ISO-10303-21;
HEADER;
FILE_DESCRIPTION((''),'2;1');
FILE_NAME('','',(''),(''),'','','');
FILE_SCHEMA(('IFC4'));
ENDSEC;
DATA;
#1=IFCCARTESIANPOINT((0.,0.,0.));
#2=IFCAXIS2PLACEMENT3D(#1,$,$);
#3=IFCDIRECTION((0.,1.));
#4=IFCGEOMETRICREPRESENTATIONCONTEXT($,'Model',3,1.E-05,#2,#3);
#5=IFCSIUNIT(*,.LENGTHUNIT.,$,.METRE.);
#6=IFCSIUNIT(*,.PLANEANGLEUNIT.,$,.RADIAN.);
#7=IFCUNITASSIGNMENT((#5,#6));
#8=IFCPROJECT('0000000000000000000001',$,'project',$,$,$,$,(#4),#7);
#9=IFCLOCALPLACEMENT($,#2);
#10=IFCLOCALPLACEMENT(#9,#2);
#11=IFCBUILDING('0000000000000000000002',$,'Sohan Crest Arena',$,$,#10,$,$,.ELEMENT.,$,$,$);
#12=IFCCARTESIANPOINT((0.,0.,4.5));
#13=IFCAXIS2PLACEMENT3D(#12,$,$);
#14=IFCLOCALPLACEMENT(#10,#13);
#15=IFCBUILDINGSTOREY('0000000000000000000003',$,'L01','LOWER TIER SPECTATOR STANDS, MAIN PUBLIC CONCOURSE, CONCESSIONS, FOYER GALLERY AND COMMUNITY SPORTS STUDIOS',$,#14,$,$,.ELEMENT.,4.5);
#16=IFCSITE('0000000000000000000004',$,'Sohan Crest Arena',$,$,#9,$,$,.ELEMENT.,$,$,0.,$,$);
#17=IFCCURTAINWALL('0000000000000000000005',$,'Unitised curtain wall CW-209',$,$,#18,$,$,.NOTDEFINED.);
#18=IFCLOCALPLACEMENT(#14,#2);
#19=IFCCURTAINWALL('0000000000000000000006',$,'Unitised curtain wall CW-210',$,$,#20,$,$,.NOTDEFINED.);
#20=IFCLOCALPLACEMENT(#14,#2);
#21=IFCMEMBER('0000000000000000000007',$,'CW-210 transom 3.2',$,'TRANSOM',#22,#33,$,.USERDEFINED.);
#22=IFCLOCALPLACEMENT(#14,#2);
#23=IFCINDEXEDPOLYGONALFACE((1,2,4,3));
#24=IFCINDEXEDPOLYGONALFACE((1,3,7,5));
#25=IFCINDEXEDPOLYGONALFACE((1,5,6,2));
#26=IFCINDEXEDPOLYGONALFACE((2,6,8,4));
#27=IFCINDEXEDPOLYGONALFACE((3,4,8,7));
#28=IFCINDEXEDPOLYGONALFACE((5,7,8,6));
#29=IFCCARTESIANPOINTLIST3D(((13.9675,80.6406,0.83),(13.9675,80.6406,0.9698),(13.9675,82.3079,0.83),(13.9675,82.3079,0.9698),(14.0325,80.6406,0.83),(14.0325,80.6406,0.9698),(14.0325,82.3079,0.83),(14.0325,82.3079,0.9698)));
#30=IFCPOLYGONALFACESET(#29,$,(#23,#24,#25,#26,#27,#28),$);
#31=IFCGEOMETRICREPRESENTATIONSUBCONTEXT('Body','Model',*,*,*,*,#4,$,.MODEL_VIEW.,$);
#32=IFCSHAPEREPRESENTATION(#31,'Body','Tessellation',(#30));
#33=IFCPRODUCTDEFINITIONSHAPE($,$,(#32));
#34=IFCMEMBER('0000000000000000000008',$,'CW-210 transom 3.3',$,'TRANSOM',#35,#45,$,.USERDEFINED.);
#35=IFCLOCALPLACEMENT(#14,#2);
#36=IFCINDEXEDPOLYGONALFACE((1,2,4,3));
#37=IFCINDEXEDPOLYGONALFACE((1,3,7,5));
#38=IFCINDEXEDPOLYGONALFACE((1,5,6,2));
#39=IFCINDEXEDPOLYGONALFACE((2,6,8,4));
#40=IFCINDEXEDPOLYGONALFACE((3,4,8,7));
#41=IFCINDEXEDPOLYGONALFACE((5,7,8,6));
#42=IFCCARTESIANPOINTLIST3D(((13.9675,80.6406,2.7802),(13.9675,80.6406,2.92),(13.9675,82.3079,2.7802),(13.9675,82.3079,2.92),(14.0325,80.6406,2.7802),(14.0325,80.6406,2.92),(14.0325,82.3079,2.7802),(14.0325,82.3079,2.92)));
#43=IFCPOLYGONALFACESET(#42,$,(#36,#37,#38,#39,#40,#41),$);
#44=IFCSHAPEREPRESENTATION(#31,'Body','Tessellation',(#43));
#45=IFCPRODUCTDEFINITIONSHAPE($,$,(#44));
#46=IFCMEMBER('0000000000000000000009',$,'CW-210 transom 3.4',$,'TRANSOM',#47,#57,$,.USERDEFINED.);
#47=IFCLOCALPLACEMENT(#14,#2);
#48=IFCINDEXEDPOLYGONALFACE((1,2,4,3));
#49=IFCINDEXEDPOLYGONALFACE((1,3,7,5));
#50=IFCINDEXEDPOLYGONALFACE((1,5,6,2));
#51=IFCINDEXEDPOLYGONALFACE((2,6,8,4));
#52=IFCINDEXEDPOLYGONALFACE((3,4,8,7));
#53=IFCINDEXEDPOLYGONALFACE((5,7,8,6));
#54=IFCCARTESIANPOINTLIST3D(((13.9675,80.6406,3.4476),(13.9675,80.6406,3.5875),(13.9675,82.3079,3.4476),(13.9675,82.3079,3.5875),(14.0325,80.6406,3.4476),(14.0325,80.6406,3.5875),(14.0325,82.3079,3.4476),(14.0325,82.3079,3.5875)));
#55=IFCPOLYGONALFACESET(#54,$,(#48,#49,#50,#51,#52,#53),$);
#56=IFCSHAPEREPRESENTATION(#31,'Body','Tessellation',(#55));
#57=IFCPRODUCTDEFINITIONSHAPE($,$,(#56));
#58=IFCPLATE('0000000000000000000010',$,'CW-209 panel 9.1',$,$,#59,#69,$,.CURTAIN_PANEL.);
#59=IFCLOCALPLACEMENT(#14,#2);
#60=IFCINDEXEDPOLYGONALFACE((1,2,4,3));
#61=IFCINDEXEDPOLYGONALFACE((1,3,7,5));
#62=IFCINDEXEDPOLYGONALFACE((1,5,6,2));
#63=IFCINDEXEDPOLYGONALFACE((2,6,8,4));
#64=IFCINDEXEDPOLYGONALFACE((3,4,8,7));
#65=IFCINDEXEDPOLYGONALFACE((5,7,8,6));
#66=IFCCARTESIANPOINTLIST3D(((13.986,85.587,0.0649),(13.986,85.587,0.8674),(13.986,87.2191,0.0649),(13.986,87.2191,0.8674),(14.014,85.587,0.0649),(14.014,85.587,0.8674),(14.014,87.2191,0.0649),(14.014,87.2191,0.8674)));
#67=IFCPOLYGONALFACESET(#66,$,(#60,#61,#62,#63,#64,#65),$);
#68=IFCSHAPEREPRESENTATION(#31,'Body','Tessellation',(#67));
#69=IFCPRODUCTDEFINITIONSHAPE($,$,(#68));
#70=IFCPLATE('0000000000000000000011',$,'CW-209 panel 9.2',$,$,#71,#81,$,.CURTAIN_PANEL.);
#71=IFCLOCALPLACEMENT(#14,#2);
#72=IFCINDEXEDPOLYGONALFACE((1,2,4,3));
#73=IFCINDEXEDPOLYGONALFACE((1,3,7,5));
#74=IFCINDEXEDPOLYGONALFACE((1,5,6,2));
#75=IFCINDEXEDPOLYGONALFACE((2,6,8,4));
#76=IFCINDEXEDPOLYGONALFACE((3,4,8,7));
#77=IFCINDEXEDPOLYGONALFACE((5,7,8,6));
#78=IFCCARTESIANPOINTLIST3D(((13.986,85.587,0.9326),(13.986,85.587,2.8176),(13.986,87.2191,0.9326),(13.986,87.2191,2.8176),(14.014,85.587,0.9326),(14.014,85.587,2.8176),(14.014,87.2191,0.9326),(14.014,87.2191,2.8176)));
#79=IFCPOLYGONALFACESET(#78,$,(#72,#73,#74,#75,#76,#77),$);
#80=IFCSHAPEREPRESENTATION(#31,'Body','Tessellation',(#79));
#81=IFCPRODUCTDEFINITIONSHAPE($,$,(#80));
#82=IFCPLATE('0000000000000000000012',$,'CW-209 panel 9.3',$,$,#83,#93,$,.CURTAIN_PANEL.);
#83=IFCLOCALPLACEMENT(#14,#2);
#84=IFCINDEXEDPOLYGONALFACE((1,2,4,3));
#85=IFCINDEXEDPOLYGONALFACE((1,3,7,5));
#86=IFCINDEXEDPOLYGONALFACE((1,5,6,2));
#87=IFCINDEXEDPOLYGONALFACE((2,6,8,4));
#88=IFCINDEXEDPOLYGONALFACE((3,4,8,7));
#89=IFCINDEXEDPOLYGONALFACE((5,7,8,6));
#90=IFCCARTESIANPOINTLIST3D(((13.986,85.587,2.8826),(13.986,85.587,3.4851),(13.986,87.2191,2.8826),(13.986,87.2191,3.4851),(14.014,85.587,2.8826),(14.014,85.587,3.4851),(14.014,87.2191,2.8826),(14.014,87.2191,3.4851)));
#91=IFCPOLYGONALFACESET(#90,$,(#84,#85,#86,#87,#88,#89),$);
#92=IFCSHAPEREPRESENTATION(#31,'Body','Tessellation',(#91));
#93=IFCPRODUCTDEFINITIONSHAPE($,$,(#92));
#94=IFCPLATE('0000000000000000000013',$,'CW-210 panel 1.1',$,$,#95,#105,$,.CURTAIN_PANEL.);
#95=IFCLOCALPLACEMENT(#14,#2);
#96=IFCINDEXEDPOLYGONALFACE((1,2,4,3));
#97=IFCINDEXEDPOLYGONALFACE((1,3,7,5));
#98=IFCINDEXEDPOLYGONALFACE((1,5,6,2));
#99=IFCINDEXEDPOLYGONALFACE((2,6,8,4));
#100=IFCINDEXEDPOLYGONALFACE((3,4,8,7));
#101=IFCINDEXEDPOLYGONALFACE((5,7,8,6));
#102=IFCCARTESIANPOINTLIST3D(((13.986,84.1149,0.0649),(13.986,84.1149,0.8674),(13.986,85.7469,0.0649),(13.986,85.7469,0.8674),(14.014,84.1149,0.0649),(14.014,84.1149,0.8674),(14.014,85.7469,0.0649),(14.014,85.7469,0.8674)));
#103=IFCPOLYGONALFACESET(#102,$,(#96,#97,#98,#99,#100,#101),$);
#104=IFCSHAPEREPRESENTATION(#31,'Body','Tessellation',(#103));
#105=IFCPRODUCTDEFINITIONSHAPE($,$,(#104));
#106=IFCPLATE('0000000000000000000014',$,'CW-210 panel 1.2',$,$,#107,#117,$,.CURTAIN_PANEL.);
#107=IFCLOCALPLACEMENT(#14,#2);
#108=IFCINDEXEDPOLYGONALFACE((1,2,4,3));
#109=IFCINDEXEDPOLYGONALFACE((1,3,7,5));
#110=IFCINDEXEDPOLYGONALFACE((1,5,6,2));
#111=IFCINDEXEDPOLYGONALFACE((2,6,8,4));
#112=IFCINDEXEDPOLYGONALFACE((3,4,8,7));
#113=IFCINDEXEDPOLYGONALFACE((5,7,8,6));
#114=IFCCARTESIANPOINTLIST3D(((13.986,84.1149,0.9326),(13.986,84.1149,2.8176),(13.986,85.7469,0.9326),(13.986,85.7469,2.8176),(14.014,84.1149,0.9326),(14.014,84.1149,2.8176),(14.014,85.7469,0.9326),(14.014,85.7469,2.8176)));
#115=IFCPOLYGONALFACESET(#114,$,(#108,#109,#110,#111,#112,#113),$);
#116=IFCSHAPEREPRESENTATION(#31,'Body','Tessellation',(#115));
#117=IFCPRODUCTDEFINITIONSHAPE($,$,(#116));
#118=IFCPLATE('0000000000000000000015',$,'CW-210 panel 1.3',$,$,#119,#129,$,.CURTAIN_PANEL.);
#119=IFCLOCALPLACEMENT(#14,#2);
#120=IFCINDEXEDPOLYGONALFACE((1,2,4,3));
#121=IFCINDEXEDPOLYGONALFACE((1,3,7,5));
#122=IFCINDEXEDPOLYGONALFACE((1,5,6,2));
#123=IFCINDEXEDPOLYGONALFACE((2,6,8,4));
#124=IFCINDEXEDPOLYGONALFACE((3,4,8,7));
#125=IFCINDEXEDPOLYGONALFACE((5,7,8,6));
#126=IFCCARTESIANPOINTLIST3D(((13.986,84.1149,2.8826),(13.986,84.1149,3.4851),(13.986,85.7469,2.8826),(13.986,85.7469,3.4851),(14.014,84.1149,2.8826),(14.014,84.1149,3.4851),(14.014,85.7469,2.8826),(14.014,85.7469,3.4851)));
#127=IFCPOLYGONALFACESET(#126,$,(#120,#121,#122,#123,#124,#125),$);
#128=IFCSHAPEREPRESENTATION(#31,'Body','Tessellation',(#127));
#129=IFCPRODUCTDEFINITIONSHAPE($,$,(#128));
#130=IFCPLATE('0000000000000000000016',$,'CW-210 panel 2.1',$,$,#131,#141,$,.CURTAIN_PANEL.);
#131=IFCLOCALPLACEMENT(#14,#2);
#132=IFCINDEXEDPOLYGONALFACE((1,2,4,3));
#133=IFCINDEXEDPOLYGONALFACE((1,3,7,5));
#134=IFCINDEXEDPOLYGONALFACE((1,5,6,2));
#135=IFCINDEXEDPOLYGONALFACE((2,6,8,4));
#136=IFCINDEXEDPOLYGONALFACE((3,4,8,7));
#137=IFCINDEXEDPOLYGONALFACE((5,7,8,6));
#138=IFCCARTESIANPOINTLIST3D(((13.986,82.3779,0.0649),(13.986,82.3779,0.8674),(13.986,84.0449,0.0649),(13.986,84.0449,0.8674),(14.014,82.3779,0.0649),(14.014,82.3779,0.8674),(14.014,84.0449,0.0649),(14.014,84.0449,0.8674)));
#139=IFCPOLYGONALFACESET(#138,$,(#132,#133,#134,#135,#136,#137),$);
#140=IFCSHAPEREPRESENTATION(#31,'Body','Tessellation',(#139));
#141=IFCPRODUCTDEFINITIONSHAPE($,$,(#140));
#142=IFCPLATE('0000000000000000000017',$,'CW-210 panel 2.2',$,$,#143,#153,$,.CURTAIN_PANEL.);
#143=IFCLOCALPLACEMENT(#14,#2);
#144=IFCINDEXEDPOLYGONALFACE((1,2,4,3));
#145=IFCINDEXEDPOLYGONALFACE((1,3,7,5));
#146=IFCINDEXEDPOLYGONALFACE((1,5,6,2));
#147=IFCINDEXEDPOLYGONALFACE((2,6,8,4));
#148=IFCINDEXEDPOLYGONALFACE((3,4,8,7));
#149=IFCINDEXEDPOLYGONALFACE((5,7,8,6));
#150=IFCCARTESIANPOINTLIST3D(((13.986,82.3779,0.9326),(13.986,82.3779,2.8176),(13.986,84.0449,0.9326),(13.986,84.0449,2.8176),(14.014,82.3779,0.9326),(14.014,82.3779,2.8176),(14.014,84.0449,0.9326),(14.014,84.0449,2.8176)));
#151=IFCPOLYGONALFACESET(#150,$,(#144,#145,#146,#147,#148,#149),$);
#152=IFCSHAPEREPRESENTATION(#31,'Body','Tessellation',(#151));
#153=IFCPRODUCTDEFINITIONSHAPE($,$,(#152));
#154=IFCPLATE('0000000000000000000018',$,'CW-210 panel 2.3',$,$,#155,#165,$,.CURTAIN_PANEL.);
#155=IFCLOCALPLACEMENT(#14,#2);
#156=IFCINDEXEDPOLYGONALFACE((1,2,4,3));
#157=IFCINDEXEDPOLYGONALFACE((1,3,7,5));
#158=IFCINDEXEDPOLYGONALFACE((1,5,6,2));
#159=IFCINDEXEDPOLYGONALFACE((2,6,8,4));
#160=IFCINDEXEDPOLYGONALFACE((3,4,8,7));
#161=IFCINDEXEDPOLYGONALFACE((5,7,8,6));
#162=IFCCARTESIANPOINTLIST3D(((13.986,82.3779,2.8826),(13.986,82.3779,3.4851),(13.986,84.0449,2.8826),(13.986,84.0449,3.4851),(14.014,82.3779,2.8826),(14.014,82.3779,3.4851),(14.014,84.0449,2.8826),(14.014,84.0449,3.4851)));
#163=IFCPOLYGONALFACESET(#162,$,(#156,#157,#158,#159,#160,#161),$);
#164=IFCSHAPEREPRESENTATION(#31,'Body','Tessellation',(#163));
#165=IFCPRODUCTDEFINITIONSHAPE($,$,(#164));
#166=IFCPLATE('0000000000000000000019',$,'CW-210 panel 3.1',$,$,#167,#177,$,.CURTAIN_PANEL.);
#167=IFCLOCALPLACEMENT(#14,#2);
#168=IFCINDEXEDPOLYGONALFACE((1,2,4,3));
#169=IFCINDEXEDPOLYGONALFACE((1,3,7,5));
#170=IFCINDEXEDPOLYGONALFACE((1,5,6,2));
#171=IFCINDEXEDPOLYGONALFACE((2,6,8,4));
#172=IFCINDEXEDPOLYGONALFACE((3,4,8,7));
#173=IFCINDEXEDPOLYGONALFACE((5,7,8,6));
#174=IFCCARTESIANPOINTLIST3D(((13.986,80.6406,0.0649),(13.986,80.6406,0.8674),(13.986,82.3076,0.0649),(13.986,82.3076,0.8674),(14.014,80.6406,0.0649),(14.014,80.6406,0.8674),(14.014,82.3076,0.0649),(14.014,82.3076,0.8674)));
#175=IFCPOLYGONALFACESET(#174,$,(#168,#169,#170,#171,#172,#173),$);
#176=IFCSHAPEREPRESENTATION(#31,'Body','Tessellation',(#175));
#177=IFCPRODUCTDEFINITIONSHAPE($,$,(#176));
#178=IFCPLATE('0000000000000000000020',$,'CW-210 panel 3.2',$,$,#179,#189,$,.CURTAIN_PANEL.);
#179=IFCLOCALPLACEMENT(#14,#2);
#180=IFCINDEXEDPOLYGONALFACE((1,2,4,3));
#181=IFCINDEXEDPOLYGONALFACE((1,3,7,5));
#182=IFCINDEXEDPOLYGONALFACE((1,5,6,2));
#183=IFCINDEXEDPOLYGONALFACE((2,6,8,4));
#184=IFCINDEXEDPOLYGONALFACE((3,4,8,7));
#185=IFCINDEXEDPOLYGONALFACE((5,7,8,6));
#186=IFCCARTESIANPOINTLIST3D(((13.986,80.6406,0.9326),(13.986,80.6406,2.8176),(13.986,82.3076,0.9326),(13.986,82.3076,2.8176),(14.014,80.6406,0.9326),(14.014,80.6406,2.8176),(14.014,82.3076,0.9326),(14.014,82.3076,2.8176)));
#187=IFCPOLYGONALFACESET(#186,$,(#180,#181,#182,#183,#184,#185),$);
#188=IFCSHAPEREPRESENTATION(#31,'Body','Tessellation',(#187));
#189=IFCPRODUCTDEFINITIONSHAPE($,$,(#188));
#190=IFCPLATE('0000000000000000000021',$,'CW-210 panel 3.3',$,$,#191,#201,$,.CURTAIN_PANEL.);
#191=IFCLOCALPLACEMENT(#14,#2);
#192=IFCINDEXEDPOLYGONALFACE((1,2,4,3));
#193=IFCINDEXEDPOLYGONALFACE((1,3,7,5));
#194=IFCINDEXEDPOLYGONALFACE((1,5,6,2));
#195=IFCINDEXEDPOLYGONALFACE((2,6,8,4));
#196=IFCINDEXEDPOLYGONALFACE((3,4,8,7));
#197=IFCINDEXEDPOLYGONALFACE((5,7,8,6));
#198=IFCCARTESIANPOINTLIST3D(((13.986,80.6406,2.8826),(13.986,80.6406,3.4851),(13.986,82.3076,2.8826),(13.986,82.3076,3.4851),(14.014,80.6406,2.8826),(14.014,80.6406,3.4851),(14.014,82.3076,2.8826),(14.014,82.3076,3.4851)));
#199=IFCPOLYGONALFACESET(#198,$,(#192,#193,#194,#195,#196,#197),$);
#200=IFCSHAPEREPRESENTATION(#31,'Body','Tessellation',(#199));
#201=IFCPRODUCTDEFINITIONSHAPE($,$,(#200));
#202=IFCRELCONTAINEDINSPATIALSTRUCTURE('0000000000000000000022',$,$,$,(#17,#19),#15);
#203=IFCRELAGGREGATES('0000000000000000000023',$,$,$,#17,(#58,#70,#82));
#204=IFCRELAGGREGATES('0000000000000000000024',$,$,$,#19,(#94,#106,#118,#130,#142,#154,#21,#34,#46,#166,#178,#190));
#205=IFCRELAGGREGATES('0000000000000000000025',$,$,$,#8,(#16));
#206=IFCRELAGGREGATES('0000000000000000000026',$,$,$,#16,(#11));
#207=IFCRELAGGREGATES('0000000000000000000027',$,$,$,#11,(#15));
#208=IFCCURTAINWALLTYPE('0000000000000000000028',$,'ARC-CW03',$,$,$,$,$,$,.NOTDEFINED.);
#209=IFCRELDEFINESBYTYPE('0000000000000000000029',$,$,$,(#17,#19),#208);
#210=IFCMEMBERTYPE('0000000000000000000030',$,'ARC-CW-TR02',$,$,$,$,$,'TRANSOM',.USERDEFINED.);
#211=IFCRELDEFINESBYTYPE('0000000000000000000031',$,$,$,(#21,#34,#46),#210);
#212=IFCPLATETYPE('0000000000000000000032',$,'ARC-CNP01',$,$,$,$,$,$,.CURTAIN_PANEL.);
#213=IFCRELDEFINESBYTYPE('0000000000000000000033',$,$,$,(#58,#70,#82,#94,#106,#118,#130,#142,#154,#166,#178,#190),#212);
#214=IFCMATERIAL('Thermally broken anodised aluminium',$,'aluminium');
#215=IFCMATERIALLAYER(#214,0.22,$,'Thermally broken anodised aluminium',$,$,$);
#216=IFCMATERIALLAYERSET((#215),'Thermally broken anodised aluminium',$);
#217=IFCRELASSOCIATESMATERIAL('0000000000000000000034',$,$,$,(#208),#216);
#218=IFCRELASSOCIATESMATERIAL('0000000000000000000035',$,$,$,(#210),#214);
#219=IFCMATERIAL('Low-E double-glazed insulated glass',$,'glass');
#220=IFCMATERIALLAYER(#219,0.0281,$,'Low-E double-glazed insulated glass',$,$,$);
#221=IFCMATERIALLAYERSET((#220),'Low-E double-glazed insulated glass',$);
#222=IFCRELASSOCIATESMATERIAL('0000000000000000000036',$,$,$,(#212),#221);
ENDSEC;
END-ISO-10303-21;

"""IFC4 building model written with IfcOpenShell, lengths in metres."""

from ifc_helpers import new_model, si_unit, direction, frame, origin, origin_2d, place, context, subcontext, project, spatial, rectangle, extrude, material, layer, layer_set, material_profile, profile_set, type_object, element, aggregate, save


model = new_model("IFC4")

# Units and contexts
model_context = context("Model", 3, precision=1e-05, world=origin(), true_north=direction((0.0, 1.0)))
body_context = subcontext(model_context, "Body", "Model", "MODEL_VIEW")
ifc_project = project(units=[si_unit("LENGTHUNIT", "METRE"), si_unit("PLANEANGLEUNIT", "RADIAN")], contexts=[model_context])

# Site, building, storey
site_placement = place(None, origin())
site = spatial("IfcSite", under=ifc_project, at=site_placement, Name="Sohan Crest Arena", CompositionType="ELEMENT", RefElevation=0.0)
building_placement = place(site_placement, origin())
building = spatial("IfcBuilding", under=site, at=building_placement, Name="Sohan Crest Arena", CompositionType="ELEMENT")
storey_placement = place(building_placement, frame((0.0, 0.0, 4.5)))
storey = spatial("IfcBuildingStorey", under=building, at=storey_placement, Name="L01", Description="LOWER TIER SPECTATOR STANDS, MAIN PUBLIC CONCOURSE, CONCESSIONS, FOYER GALLERY AND COMMUNITY SPORTS STUDIOS", CompositionType="ELEMENT", Elevation=4.5)

# Curtain wall
ifc_material_1 = material(Name="Thermally broken anodised aluminium", Category="aluminium")
ifc_layer_1 = layer(ifc_material_1, 0.22, Name="Thermally broken anodised aluminium")
ifc_layer_set_1 = layer_set([ifc_layer_1], Name="Thermally broken anodised aluminium")
curtain_wall_type = type_object("IfcCurtainWallType", Name="ARC-CW03", PredefinedType="NOTDEFINED", material=ifc_layer_set_1)
curtain_wall_1_placement = place(storey_placement, origin())
curtain_wall_1 = element("IfcCurtainWall", 1, at=curtain_wall_1_placement, inside=storey, type_object=curtain_wall_type, Name="Unitised curtain wall CW-209", PredefinedType="NOTDEFINED")

# Curtain wall
curtain_wall_2_placement = place(storey_placement, origin())
curtain_wall_2 = element("IfcCurtainWall", 2, at=curtain_wall_2_placement, inside=storey, type_object=curtain_wall_type, Name="Unitised curtain wall CW-210", PredefinedType="NOTDEFINED")

# Members
ifc_material_profile_1 = material_profile(ifc_material_1, rectangle(XDim=0.0649, YDim=0.1399, at=origin_2d()), Name="ALU-TRAN 65x140")
ifc_profile_set_1 = profile_set([ifc_material_profile_1], Name="Thermally broken anodised aluminium")
member_type_1 = type_object("IfcMemberType", Name="ARC-CW-TR02", ElementType="TRANSOM", PredefinedType="USERDEFINED", material=ifc_profile_set_1)
member_1_placement = place(storey_placement, frame((14.0, 82.3079, 0.8999), z_axis=(0.0, -1.0, 0.0), x_axis=(1.0, 0.0, 0.0)))
member_1 = element("IfcMember", 3, at=member_1_placement, type_object=member_type_1, Name="CW-210 transom 3.2", ObjectType="TRANSOM", PredefinedType="USERDEFINED", context=body_context, shape_type="SweptSolid", body=[
    extrude(rectangle(XDim=0.0649, YDim=0.1399, at=origin_2d()), origin(), (0.0, 0.0, 1.0), 1.6672),
])
member_2_placement = place(storey_placement, frame((14.0, 82.3079, 2.8501), z_axis=(0.0, -1.0, 0.0), x_axis=(1.0, 0.0, 0.0)))
member_2 = element("IfcMember", 4, at=member_2_placement, type_object=member_type_1, Name="CW-210 transom 3.3", ObjectType="TRANSOM", PredefinedType="USERDEFINED", context=body_context, shape_type="SweptSolid", body=[
    extrude(rectangle(XDim=0.0649, YDim=0.1399, at=origin_2d()), origin(), (0.0, 0.0, 1.0), 1.6672),
])
member_3_placement = place(storey_placement, frame((14.0, 82.3079, 3.5176), z_axis=(0.0, -1.0, 0.0), x_axis=(1.0, 0.0, 0.0)))
member_3 = element("IfcMember", 5, at=member_3_placement, type_object=member_type_1, Name="CW-210 transom 3.4", ObjectType="TRANSOM", PredefinedType="USERDEFINED", context=body_context, shape_type="SweptSolid", body=[
    extrude(rectangle(XDim=0.0649, YDim=0.1399, at=origin_2d()), origin(), (0.0, 0.0, 1.0), 1.6672),
])

# Plates
ifc_material_2 = material(Name="Low-E double-glazed insulated glass", Category="glass")
ifc_layer_2 = layer(ifc_material_2, 0.0281, Name="Low-E double-glazed insulated glass")
ifc_layer_set_2 = layer_set([ifc_layer_2], Name="Low-E double-glazed insulated glass")
plate_type = type_object("IfcPlateType", Name="ARC-CNP01", PredefinedType="CURTAIN_PANEL", material=ifc_layer_set_2)
plate_1_placement = place(storey_placement, frame((14.0, 86.4031, 0.0649), z_axis=(0.0, 0.0, 1.0), x_axis=(0.0, -1.0, 0.0)))
plate_1 = element("IfcPlate", 6, at=plate_1_placement, type_object=plate_type, Name="CW-209 panel 9.1", PredefinedType="CURTAIN_PANEL", context=body_context, shape_type="SweptSolid", body=[
    extrude(rectangle(XDim=1.6321, YDim=0.0281, at=origin_2d()), origin(), (0.0, 0.0, 1.0), 0.8025),
])
plate_2_placement = place(storey_placement, frame((14.0, 86.4031, 0.9326), z_axis=(0.0, 0.0, 1.0), x_axis=(0.0, -1.0, 0.0)))
plate_2 = element("IfcPlate", 7, at=plate_2_placement, type_object=plate_type, Name="CW-209 panel 9.2", PredefinedType="CURTAIN_PANEL", context=body_context, shape_type="SweptSolid", body=[
    extrude(rectangle(XDim=1.6321, YDim=0.0281, at=origin_2d()), origin(), (0.0, 0.0, 1.0), 1.885),
])
plate_3_placement = place(storey_placement, frame((14.0, 86.4031, 2.8826), z_axis=(0.0, 0.0, 1.0), x_axis=(0.0, -1.0, 0.0)))
plate_3 = element("IfcPlate", 8, at=plate_3_placement, type_object=plate_type, Name="CW-209 panel 9.3", PredefinedType="CURTAIN_PANEL", context=body_context, shape_type="SweptSolid", body=[
    extrude(rectangle(XDim=1.6321, YDim=0.0281, at=origin_2d()), origin(), (0.0, 0.0, 1.0), 0.6025),
])
aggregate(curtain_wall_1, [plate_1, plate_2, plate_3])
plate_4_placement = place(storey_placement, frame((14.0, 84.9309, 0.0649), z_axis=(0.0, 0.0, 1.0), x_axis=(0.0, -1.0, 0.0)))
plate_4 = element("IfcPlate", 9, at=plate_4_placement, type_object=plate_type, Name="CW-210 panel 1.1", PredefinedType="CURTAIN_PANEL", context=body_context, shape_type="SweptSolid", body=[
    extrude(rectangle(XDim=1.6321, YDim=0.0281, at=origin_2d()), origin(), (0.0, 0.0, 1.0), 0.8025),
])
plate_5_placement = place(storey_placement, frame((14.0, 84.9309, 0.9326), z_axis=(0.0, 0.0, 1.0), x_axis=(0.0, -1.0, 0.0)))
plate_5 = element("IfcPlate", 10, at=plate_5_placement, type_object=plate_type, Name="CW-210 panel 1.2", PredefinedType="CURTAIN_PANEL", context=body_context, shape_type="SweptSolid", body=[
    extrude(rectangle(XDim=1.6321, YDim=0.0281, at=origin_2d()), origin(), (0.0, 0.0, 1.0), 1.885),
])
plate_6_placement = place(storey_placement, frame((14.0, 84.9309, 2.8826), z_axis=(0.0, 0.0, 1.0), x_axis=(0.0, -1.0, 0.0)))
plate_6 = element("IfcPlate", 11, at=plate_6_placement, type_object=plate_type, Name="CW-210 panel 1.3", PredefinedType="CURTAIN_PANEL", context=body_context, shape_type="SweptSolid", body=[
    extrude(rectangle(XDim=1.6321, YDim=0.0281, at=origin_2d()), origin(), (0.0, 0.0, 1.0), 0.6025),
])
plate_7_placement = place(storey_placement, frame((14.0, 83.2114, 0.0649), z_axis=(0.0, 0.0, 1.0), x_axis=(0.0, -1.0, 0.0)))
plate_7 = element("IfcPlate", 12, at=plate_7_placement, type_object=plate_type, Name="CW-210 panel 2.1", PredefinedType="CURTAIN_PANEL", context=body_context, shape_type="SweptSolid", body=[
    extrude(rectangle(XDim=1.667, YDim=0.0281, at=origin_2d()), origin(), (0.0, 0.0, 1.0), 0.8025),
])
plate_8_placement = place(storey_placement, frame((14.0, 83.2114, 0.9326), z_axis=(0.0, 0.0, 1.0), x_axis=(0.0, -1.0, 0.0)))
plate_8 = element("IfcPlate", 13, at=plate_8_placement, type_object=plate_type, Name="CW-210 panel 2.2", PredefinedType="CURTAIN_PANEL", context=body_context, shape_type="SweptSolid", body=[
    extrude(rectangle(XDim=1.667, YDim=0.0281, at=origin_2d()), origin(), (0.0, 0.0, 1.0), 1.885),
])
plate_9_placement = place(storey_placement, frame((14.0, 83.2114, 2.8826), z_axis=(0.0, 0.0, 1.0), x_axis=(0.0, -1.0, 0.0)))
plate_9 = element("IfcPlate", 14, at=plate_9_placement, type_object=plate_type, Name="CW-210 panel 2.3", PredefinedType="CURTAIN_PANEL", context=body_context, shape_type="SweptSolid", body=[
    extrude(rectangle(XDim=1.667, YDim=0.0281, at=origin_2d()), origin(), (0.0, 0.0, 1.0), 0.6025),
])
plate_10_placement = place(storey_placement, frame((14.0, 81.4741, 0.0649), z_axis=(0.0, 0.0, 1.0), x_axis=(0.0, -1.0, 0.0)))
plate_10 = element("IfcPlate", 15, at=plate_10_placement, type_object=plate_type, Name="CW-210 panel 3.1", PredefinedType="CURTAIN_PANEL", context=body_context, shape_type="SweptSolid", body=[
    extrude(rectangle(XDim=1.667, YDim=0.0281, at=origin_2d()), origin(), (0.0, 0.0, 1.0), 0.8025),
])
plate_11_placement = place(storey_placement, frame((14.0, 81.4741, 0.9326), z_axis=(0.0, 0.0, 1.0), x_axis=(0.0, -1.0, 0.0)))
plate_11 = element("IfcPlate", 16, at=plate_11_placement, type_object=plate_type, Name="CW-210 panel 3.2", PredefinedType="CURTAIN_PANEL", context=body_context, shape_type="SweptSolid", body=[
    extrude(rectangle(XDim=1.667, YDim=0.0281, at=origin_2d()), origin(), (0.0, 0.0, 1.0), 1.885),
])
plate_12_placement = place(storey_placement, frame((14.0, 81.4741, 2.8826), z_axis=(0.0, 0.0, 1.0), x_axis=(0.0, -1.0, 0.0)))
plate_12 = element("IfcPlate", 17, at=plate_12_placement, type_object=plate_type, Name="CW-210 panel 3.3", PredefinedType="CURTAIN_PANEL", context=body_context, shape_type="SweptSolid", body=[
    extrude(rectangle(XDim=1.667, YDim=0.0281, at=origin_2d()), origin(), (0.0, 0.0, 1.0), 0.6025),
])
aggregate(curtain_wall_2, [plate_4, plate_5, plate_6, plate_7, plate_8, plate_9, member_1, member_2, member_3, plate_10, plate_11, plate_12])

save(model, "model.ifc")
